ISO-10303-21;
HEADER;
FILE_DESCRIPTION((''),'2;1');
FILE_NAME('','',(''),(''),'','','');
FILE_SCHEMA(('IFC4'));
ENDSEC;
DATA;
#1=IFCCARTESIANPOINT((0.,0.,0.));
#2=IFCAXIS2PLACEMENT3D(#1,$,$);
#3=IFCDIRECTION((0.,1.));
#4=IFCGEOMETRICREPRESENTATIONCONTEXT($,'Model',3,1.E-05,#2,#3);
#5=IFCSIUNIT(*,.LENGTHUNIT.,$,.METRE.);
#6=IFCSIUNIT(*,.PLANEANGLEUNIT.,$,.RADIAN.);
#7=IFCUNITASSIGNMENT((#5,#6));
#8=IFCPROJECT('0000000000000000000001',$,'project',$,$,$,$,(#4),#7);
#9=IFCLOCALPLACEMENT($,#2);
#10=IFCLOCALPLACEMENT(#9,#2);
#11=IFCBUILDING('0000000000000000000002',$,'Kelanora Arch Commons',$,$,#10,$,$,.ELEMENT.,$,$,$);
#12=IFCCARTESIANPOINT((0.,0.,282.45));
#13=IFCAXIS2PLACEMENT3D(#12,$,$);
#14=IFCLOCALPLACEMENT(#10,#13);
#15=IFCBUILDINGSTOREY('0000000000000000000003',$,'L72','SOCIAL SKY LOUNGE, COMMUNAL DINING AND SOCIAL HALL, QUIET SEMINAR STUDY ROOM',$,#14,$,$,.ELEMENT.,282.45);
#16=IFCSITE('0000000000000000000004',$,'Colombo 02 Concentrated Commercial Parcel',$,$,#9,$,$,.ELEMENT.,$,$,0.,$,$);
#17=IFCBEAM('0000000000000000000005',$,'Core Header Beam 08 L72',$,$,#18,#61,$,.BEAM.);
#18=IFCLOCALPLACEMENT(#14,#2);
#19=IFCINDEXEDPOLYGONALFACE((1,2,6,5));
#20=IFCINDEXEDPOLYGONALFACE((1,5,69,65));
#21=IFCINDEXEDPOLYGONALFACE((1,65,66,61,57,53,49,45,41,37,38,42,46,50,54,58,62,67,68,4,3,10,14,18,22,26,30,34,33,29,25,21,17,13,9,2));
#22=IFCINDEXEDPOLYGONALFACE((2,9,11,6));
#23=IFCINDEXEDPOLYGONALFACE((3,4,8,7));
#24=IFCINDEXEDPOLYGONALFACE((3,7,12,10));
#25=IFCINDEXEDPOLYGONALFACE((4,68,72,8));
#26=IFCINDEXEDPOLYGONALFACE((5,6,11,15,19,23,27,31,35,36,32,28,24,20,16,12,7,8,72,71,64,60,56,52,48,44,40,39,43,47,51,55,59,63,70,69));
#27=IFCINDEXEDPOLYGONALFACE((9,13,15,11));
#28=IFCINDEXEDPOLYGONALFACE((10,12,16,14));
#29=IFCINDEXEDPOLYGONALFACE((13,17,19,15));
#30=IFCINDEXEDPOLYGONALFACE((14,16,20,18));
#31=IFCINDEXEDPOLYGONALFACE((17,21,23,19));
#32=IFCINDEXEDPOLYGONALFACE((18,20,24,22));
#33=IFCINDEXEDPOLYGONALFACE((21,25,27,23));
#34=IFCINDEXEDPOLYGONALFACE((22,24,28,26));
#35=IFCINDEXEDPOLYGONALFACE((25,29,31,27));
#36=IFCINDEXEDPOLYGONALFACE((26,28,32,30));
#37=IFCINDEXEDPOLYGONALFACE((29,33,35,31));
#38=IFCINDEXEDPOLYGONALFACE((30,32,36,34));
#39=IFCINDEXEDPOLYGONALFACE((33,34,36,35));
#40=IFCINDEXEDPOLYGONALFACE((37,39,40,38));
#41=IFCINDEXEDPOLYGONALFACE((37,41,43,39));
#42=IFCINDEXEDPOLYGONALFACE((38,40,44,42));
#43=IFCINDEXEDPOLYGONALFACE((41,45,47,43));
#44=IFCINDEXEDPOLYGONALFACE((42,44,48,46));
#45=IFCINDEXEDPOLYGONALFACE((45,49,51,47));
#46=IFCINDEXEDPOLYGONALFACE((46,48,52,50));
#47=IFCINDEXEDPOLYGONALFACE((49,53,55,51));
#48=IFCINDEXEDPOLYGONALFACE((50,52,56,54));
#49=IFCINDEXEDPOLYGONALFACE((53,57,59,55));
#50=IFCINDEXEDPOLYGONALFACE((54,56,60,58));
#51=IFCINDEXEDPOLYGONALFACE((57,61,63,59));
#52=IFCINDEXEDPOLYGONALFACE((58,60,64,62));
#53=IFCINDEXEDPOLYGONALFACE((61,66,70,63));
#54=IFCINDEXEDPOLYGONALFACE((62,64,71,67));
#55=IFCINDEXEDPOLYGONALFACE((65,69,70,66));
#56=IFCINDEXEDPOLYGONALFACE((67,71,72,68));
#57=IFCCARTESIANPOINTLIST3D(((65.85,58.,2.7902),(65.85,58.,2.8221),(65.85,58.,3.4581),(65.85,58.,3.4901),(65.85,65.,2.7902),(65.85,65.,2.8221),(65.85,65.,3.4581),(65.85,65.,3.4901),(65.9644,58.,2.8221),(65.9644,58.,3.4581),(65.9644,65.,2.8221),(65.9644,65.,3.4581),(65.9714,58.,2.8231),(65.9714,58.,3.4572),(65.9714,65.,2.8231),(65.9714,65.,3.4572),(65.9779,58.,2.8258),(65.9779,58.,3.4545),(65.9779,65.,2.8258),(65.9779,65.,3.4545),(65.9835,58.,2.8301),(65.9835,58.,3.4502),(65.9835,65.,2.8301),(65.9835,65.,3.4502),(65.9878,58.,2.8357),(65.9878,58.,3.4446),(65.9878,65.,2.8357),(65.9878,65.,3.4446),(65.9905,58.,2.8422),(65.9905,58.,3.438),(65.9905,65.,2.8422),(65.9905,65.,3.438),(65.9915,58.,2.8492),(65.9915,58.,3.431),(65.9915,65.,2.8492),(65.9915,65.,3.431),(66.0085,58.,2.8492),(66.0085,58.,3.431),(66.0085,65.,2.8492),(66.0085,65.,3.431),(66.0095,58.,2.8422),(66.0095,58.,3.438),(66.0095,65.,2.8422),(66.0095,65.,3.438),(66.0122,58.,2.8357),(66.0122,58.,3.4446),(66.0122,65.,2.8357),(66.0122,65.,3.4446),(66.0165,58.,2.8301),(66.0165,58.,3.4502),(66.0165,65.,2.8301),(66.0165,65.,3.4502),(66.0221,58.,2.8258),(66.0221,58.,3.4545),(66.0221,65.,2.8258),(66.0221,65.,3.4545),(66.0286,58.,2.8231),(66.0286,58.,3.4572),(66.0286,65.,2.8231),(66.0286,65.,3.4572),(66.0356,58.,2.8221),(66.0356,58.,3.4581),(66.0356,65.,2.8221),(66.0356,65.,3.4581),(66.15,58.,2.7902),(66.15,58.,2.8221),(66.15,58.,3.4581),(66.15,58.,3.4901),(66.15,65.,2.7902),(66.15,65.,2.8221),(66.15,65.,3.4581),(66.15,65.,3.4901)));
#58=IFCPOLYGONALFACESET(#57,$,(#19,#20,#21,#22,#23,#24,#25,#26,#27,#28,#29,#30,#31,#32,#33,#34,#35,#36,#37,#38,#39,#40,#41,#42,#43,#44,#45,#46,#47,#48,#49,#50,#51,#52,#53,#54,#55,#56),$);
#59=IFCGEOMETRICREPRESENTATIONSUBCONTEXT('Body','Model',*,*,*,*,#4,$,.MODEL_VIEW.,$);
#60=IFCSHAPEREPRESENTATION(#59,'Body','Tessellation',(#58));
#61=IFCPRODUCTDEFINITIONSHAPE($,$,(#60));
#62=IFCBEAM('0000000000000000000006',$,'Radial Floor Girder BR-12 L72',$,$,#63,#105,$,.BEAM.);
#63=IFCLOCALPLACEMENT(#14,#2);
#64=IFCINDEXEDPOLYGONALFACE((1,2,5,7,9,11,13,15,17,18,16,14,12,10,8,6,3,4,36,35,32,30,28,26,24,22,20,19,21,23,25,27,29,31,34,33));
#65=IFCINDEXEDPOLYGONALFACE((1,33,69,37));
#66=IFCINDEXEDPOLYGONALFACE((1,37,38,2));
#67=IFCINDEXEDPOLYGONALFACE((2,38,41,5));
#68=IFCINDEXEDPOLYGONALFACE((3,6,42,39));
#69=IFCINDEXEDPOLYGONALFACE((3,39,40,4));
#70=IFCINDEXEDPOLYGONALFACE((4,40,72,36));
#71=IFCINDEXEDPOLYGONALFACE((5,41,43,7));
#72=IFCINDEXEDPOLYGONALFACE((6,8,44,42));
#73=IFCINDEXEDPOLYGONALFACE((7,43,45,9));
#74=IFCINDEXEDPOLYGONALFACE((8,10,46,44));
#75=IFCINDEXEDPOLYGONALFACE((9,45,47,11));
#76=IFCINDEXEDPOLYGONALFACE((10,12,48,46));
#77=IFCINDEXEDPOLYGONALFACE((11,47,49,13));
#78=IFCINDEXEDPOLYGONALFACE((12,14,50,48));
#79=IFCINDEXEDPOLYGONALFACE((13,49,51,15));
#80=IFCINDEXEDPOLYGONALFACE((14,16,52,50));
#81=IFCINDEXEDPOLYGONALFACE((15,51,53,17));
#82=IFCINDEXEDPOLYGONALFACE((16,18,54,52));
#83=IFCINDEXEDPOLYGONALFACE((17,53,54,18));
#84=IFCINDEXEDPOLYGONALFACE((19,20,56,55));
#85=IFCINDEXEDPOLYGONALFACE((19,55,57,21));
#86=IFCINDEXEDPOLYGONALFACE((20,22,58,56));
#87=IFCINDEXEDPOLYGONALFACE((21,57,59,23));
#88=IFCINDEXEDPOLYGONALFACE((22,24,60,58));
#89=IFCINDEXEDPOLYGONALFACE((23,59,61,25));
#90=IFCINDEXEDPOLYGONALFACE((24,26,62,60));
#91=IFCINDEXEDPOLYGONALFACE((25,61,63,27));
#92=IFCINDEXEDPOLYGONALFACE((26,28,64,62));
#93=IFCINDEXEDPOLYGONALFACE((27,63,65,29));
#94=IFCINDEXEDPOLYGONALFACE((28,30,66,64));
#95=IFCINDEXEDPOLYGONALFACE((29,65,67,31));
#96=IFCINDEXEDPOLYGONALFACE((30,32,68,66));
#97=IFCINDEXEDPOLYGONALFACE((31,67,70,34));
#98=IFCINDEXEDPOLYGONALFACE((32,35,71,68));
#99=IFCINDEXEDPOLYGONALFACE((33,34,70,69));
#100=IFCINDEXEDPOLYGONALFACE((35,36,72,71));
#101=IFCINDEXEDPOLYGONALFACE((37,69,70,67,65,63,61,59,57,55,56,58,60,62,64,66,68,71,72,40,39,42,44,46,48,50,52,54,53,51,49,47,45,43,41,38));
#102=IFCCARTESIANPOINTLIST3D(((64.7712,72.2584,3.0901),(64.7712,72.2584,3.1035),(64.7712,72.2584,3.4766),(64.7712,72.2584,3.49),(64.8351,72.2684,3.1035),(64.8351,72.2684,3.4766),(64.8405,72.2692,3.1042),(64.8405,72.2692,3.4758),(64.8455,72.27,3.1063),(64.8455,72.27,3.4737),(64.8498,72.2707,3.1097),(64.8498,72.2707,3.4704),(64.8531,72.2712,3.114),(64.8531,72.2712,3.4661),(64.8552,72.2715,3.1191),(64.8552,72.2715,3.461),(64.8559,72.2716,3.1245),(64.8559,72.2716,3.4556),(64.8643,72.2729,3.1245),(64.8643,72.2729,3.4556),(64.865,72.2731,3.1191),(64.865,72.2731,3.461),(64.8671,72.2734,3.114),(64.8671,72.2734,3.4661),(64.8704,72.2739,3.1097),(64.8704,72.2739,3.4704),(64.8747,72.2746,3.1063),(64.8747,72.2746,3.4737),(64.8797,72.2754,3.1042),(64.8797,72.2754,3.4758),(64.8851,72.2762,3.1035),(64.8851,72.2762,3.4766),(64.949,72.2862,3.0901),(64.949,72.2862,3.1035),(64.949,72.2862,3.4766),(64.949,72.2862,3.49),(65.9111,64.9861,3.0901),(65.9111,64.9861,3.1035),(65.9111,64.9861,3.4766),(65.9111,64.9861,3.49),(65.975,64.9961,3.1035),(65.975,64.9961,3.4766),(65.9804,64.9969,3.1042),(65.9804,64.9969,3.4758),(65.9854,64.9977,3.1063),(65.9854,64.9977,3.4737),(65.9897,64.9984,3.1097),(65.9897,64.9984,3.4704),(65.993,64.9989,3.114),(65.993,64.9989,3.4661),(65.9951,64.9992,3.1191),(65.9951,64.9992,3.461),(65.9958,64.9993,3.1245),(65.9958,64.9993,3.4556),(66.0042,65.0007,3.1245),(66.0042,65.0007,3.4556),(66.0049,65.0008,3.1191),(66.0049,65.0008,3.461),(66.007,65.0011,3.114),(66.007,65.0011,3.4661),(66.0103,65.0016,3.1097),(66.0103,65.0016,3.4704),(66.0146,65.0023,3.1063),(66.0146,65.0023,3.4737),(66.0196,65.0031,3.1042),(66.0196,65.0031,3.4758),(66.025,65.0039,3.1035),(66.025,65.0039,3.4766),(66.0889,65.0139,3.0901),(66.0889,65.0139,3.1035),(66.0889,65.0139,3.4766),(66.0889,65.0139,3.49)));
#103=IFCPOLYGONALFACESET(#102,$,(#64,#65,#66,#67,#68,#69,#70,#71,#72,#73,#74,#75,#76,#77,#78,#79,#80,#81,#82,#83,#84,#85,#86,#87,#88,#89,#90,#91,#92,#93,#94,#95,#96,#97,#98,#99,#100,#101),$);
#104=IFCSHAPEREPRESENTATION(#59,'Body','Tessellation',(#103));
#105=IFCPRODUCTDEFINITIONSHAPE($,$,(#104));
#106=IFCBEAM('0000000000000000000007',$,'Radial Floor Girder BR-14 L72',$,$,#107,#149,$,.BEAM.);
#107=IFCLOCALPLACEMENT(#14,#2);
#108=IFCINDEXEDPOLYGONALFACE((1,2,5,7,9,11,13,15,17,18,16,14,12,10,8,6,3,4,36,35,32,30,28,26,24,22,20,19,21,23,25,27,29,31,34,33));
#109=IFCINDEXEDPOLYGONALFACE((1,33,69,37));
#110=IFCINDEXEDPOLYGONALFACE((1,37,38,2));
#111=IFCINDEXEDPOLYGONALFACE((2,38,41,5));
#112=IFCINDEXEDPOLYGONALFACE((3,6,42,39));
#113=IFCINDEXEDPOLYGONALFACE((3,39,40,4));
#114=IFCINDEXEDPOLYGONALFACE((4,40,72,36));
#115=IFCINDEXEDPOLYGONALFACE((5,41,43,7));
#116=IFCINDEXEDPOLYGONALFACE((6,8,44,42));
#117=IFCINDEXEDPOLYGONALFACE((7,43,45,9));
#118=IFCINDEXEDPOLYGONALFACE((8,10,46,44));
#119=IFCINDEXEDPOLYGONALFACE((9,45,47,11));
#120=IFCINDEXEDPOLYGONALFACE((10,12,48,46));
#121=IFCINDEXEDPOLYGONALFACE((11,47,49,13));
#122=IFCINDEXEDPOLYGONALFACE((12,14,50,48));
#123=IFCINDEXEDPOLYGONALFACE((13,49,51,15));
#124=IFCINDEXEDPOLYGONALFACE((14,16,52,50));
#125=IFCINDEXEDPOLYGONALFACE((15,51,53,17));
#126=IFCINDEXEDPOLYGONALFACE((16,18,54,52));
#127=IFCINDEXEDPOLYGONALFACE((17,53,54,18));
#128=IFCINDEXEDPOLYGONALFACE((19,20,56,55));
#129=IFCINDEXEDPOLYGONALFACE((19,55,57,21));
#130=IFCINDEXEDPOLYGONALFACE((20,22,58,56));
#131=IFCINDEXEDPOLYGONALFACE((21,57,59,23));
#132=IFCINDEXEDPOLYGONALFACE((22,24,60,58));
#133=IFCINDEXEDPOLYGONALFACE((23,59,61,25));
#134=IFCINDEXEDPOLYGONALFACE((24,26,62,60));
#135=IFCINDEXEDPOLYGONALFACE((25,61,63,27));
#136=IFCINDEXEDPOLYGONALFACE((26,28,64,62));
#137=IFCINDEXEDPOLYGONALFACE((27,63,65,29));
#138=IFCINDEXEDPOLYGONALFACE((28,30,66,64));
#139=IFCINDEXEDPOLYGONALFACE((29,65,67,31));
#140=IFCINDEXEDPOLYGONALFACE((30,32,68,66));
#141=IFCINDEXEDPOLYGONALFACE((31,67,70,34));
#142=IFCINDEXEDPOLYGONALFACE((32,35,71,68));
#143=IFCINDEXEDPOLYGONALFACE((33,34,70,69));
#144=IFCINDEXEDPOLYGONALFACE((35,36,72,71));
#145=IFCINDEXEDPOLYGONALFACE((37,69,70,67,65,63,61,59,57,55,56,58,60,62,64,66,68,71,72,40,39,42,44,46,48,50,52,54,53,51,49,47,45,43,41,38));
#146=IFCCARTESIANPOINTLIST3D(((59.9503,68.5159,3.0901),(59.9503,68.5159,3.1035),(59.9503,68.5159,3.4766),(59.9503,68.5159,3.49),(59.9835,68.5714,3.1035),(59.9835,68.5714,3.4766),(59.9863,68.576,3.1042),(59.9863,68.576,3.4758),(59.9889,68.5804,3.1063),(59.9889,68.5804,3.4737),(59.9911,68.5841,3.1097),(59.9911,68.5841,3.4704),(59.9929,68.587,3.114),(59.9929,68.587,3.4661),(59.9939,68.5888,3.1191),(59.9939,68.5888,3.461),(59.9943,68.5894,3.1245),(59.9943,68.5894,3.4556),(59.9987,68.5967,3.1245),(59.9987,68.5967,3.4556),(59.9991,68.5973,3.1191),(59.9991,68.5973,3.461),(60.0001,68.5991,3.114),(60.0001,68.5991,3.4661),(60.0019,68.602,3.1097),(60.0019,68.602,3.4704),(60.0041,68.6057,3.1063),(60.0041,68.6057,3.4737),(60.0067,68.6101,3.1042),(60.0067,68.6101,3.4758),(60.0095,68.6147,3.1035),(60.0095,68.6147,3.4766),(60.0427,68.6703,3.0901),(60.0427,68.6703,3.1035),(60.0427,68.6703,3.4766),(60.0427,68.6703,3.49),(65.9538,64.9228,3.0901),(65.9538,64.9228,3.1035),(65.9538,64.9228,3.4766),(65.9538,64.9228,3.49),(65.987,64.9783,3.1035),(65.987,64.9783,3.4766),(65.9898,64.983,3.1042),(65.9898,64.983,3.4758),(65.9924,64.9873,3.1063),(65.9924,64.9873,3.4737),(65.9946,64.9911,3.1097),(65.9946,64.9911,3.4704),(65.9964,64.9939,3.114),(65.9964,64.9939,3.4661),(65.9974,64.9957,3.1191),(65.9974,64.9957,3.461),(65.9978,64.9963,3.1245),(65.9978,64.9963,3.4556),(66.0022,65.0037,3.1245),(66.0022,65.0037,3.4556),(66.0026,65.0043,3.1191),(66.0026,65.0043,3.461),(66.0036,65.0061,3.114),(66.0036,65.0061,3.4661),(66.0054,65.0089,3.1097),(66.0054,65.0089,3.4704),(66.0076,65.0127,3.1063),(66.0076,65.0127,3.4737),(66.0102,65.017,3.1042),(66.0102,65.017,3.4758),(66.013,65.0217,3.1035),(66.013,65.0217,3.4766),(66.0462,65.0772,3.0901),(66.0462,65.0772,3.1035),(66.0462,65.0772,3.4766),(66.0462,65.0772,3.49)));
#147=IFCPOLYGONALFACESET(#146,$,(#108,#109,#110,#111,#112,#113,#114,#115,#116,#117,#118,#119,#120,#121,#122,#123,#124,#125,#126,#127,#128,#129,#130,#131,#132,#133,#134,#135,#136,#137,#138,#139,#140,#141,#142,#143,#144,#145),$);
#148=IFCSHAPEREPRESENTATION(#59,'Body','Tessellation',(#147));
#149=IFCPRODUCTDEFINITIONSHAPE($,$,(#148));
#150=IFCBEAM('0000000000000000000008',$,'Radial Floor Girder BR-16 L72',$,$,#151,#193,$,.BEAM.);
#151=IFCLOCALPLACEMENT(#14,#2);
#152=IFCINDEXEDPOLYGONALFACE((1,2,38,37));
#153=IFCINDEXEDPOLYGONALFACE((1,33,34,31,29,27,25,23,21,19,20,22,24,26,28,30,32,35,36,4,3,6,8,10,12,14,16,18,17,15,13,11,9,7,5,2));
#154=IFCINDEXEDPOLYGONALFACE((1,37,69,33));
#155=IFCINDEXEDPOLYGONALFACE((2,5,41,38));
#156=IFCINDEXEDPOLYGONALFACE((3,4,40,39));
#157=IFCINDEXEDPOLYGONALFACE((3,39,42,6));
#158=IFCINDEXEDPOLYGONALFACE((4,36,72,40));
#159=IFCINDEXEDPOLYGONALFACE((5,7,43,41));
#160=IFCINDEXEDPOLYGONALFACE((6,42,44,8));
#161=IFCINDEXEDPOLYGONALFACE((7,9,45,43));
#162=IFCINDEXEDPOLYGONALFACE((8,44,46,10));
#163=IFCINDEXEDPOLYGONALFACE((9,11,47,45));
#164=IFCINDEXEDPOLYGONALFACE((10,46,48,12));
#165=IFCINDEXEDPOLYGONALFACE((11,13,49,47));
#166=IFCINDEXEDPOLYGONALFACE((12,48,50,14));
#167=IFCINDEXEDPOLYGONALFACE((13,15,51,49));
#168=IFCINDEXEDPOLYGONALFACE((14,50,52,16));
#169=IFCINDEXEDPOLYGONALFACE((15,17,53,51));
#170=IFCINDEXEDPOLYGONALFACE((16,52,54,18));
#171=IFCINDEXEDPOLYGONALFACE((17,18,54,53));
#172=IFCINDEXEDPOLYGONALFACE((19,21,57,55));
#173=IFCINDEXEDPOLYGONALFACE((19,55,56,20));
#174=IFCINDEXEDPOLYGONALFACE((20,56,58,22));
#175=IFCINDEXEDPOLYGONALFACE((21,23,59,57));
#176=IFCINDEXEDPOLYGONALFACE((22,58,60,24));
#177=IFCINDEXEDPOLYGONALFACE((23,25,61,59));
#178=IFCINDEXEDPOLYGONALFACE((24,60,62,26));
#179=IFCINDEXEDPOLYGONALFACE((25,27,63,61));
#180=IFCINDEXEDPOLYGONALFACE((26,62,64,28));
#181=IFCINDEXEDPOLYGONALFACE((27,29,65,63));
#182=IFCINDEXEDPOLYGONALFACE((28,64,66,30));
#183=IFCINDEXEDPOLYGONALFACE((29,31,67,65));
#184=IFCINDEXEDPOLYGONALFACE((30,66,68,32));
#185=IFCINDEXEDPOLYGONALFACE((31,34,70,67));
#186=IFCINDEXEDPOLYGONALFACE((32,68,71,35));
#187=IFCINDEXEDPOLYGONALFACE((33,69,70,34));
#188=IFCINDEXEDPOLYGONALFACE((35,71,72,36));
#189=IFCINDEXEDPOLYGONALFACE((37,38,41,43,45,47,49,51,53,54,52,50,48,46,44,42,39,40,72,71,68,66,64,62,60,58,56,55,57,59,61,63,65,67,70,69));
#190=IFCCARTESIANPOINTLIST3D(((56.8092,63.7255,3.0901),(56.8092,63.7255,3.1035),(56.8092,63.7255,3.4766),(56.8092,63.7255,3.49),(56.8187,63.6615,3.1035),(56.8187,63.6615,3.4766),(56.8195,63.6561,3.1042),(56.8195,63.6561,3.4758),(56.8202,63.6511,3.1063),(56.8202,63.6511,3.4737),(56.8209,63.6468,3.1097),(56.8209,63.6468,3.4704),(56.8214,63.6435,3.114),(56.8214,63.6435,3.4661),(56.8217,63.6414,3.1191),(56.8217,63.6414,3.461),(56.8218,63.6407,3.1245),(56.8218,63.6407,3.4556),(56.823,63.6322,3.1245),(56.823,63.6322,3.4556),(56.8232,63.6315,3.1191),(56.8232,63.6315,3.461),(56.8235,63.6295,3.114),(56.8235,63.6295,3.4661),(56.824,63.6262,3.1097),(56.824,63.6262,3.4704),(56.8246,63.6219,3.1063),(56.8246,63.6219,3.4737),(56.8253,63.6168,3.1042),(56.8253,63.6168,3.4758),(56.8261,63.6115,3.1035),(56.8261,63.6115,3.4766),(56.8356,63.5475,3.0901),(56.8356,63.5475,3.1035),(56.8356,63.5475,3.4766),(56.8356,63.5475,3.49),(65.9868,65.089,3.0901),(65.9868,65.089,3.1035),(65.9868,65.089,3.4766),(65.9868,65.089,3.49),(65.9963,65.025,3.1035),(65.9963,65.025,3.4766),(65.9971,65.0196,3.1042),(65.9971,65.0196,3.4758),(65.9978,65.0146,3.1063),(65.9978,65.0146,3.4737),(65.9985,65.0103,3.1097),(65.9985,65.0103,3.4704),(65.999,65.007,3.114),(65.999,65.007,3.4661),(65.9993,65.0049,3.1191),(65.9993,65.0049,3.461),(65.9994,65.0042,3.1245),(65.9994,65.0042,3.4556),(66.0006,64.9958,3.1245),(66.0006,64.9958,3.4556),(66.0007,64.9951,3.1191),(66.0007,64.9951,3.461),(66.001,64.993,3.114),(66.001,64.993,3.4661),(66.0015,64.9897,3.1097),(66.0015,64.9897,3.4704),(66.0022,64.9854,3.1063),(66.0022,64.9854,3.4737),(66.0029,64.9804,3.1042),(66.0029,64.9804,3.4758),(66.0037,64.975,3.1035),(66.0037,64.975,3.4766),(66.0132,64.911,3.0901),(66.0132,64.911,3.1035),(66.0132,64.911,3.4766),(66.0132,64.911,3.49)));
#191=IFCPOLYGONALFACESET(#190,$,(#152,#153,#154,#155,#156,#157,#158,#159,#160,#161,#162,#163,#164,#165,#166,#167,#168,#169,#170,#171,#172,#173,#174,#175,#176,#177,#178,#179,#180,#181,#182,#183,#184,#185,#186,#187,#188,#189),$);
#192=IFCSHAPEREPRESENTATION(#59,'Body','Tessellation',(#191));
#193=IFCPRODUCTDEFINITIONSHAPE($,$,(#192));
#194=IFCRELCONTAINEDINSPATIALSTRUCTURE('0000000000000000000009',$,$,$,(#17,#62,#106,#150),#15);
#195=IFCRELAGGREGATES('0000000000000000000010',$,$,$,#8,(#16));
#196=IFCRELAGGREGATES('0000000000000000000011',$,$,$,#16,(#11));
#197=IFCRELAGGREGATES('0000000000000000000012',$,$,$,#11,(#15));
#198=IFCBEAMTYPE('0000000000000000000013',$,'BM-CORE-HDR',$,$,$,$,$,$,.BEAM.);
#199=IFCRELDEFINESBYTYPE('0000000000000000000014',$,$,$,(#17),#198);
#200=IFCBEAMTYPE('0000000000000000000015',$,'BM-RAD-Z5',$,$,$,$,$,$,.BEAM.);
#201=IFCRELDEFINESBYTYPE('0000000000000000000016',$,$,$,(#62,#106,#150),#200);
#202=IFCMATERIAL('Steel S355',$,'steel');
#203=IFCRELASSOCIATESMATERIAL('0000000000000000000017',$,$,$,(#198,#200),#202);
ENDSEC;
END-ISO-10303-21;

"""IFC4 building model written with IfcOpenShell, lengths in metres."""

from ifc_helpers import new_model, si_unit, direction, frame, origin, origin_2d, place, context, subcontext, project, spatial, i_section, extrude, material, material_profile, profile_set, type_object, element, save


model = new_model("IFC4")

# Units and contexts
model_context = context("Model", 3, precision=1e-05, world=origin(), true_north=direction((0.0, 1.0)))
body_context = subcontext(model_context, "Body", "Model", "MODEL_VIEW")
ifc_project = project(units=[si_unit("LENGTHUNIT", "METRE"), si_unit("PLANEANGLEUNIT", "RADIAN")], contexts=[model_context])

# Site, building, storey
site_placement = place(None, origin())
site = spatial("IfcSite", under=ifc_project, at=site_placement, Name="Colombo 02 Concentrated Commercial Parcel", CompositionType="ELEMENT", RefElevation=0.0)
building_placement = place(site_placement, origin())
building = spatial("IfcBuilding", under=site, at=building_placement, Name="Kelanora Arch Commons", CompositionType="ELEMENT")
storey_placement = place(building_placement, frame((0.0, 0.0, 282.45)))
storey = spatial("IfcBuildingStorey", under=building, at=storey_placement, Name="L72", Description="SOCIAL SKY LOUNGE, COMMUNAL DINING AND SOCIAL HALL, QUIET SEMINAR STUDY ROOM", CompositionType="ELEMENT", Elevation=282.45)

# Beams
ifc_material_1 = material(Name="Steel S355", Category="steel")
ifc_material_profile_1 = material_profile(ifc_material_1, i_section(OverallWidth=0.3, OverallDepth=0.7, WebThickness=0.0171, FlangeThickness=0.032, FilletRadius=0.0271, at=origin_2d()), Name="HEB700")
ifc_profile_set_1 = profile_set([ifc_material_profile_1], Name="Steel S355")
beam_type_1 = type_object("IfcBeamType", Name="BM-CORE-HDR", PredefinedType="BEAM", material=ifc_profile_set_1)
beam_1_placement = place(storey_placement, frame((66.0, 65.0, 3.1401), z_axis=(0.0, -1.0, 0.0), x_axis=(1.0, 0.0, 0.0)))
element("IfcBeam", 1, at=beam_1_placement, inside=storey, type_object=beam_type_1, Name="Core Header Beam 08 L72", PredefinedType="BEAM", context=body_context, shape_type="SweptSolid", body=[
    extrude(i_section(OverallWidth=0.3, OverallDepth=0.7, WebThickness=0.0171, FlangeThickness=0.032, FilletRadius=0.0271, at=origin_2d()), origin(), (0.0, 0.0, 1.0), 7.0),
])
ifc_material_profile_2 = material_profile(ifc_material_1, i_section(OverallWidth=0.1799, OverallDepth=0.3999, WebThickness=0.0085, FlangeThickness=0.0134, FilletRadius=0.021, at=origin_2d()), Name="IPE400")
ifc_profile_set_2 = profile_set([ifc_material_profile_2], Name="Steel S355")
beam_type_2 = type_object("IfcBeamType", Name="BM-RAD-Z5", PredefinedType="BEAM", material=ifc_profile_set_2)
beam_2_placement = place(storey_placement, frame((66.0, 65.0, 3.29), z_axis=(-0.154855, 0.987937, 0.0), x_axis=(-0.987937, -0.154855, 0.0)))
element("IfcBeam", 2, at=beam_2_placement, inside=storey, type_object=beam_type_2, Name="Radial Floor Girder BR-12 L72", PredefinedType="BEAM", context=body_context, shape_type="SweptSolid", body=[
    extrude(i_section(OverallWidth=0.1799, OverallDepth=0.3999, WebThickness=0.0085, FlangeThickness=0.0134, FilletRadius=0.021, at=origin_2d()), origin(), (0.0, 0.0, 1.0), 7.3611),
])
beam_3_placement = place(storey_placement, frame((66.0, 65.0, 3.29), z_axis=(-0.858062, 0.513546, 0.0), x_axis=(-0.513546, -0.858062, 0.0)))
element("IfcBeam", 3, at=beam_3_placement, inside=storey, type_object=beam_type_2, Name="Radial Floor Girder BR-14 L72", PredefinedType="BEAM", context=body_context, shape_type="SweptSolid", body=[
    extrude(i_section(OverallWidth=0.1799, OverallDepth=0.3999, WebThickness=0.0085, FlangeThickness=0.0134, FilletRadius=0.021, at=origin_2d()), origin(), (0.0, 0.0, 1.0), 6.9966),
])
beam_4_placement = place(storey_placement, frame((66.0, 65.0, 3.29), z_axis=(-0.989142, -0.14696, 0.0), x_axis=(0.14696, -0.989142, 0.0)))
element("IfcBeam", 4, at=beam_4_placement, inside=storey, type_object=beam_type_2, Name="Radial Floor Girder BR-16 L72", PredefinedType="BEAM", context=body_context, shape_type="SweptSolid", body=[
    extrude(i_section(OverallWidth=0.1799, OverallDepth=0.3999, WebThickness=0.0085, FlangeThickness=0.0134, FilletRadius=0.021, at=origin_2d()), origin(), (0.0, 0.0, 1.0), 9.2783),
])

save(model, "model.ifc")
